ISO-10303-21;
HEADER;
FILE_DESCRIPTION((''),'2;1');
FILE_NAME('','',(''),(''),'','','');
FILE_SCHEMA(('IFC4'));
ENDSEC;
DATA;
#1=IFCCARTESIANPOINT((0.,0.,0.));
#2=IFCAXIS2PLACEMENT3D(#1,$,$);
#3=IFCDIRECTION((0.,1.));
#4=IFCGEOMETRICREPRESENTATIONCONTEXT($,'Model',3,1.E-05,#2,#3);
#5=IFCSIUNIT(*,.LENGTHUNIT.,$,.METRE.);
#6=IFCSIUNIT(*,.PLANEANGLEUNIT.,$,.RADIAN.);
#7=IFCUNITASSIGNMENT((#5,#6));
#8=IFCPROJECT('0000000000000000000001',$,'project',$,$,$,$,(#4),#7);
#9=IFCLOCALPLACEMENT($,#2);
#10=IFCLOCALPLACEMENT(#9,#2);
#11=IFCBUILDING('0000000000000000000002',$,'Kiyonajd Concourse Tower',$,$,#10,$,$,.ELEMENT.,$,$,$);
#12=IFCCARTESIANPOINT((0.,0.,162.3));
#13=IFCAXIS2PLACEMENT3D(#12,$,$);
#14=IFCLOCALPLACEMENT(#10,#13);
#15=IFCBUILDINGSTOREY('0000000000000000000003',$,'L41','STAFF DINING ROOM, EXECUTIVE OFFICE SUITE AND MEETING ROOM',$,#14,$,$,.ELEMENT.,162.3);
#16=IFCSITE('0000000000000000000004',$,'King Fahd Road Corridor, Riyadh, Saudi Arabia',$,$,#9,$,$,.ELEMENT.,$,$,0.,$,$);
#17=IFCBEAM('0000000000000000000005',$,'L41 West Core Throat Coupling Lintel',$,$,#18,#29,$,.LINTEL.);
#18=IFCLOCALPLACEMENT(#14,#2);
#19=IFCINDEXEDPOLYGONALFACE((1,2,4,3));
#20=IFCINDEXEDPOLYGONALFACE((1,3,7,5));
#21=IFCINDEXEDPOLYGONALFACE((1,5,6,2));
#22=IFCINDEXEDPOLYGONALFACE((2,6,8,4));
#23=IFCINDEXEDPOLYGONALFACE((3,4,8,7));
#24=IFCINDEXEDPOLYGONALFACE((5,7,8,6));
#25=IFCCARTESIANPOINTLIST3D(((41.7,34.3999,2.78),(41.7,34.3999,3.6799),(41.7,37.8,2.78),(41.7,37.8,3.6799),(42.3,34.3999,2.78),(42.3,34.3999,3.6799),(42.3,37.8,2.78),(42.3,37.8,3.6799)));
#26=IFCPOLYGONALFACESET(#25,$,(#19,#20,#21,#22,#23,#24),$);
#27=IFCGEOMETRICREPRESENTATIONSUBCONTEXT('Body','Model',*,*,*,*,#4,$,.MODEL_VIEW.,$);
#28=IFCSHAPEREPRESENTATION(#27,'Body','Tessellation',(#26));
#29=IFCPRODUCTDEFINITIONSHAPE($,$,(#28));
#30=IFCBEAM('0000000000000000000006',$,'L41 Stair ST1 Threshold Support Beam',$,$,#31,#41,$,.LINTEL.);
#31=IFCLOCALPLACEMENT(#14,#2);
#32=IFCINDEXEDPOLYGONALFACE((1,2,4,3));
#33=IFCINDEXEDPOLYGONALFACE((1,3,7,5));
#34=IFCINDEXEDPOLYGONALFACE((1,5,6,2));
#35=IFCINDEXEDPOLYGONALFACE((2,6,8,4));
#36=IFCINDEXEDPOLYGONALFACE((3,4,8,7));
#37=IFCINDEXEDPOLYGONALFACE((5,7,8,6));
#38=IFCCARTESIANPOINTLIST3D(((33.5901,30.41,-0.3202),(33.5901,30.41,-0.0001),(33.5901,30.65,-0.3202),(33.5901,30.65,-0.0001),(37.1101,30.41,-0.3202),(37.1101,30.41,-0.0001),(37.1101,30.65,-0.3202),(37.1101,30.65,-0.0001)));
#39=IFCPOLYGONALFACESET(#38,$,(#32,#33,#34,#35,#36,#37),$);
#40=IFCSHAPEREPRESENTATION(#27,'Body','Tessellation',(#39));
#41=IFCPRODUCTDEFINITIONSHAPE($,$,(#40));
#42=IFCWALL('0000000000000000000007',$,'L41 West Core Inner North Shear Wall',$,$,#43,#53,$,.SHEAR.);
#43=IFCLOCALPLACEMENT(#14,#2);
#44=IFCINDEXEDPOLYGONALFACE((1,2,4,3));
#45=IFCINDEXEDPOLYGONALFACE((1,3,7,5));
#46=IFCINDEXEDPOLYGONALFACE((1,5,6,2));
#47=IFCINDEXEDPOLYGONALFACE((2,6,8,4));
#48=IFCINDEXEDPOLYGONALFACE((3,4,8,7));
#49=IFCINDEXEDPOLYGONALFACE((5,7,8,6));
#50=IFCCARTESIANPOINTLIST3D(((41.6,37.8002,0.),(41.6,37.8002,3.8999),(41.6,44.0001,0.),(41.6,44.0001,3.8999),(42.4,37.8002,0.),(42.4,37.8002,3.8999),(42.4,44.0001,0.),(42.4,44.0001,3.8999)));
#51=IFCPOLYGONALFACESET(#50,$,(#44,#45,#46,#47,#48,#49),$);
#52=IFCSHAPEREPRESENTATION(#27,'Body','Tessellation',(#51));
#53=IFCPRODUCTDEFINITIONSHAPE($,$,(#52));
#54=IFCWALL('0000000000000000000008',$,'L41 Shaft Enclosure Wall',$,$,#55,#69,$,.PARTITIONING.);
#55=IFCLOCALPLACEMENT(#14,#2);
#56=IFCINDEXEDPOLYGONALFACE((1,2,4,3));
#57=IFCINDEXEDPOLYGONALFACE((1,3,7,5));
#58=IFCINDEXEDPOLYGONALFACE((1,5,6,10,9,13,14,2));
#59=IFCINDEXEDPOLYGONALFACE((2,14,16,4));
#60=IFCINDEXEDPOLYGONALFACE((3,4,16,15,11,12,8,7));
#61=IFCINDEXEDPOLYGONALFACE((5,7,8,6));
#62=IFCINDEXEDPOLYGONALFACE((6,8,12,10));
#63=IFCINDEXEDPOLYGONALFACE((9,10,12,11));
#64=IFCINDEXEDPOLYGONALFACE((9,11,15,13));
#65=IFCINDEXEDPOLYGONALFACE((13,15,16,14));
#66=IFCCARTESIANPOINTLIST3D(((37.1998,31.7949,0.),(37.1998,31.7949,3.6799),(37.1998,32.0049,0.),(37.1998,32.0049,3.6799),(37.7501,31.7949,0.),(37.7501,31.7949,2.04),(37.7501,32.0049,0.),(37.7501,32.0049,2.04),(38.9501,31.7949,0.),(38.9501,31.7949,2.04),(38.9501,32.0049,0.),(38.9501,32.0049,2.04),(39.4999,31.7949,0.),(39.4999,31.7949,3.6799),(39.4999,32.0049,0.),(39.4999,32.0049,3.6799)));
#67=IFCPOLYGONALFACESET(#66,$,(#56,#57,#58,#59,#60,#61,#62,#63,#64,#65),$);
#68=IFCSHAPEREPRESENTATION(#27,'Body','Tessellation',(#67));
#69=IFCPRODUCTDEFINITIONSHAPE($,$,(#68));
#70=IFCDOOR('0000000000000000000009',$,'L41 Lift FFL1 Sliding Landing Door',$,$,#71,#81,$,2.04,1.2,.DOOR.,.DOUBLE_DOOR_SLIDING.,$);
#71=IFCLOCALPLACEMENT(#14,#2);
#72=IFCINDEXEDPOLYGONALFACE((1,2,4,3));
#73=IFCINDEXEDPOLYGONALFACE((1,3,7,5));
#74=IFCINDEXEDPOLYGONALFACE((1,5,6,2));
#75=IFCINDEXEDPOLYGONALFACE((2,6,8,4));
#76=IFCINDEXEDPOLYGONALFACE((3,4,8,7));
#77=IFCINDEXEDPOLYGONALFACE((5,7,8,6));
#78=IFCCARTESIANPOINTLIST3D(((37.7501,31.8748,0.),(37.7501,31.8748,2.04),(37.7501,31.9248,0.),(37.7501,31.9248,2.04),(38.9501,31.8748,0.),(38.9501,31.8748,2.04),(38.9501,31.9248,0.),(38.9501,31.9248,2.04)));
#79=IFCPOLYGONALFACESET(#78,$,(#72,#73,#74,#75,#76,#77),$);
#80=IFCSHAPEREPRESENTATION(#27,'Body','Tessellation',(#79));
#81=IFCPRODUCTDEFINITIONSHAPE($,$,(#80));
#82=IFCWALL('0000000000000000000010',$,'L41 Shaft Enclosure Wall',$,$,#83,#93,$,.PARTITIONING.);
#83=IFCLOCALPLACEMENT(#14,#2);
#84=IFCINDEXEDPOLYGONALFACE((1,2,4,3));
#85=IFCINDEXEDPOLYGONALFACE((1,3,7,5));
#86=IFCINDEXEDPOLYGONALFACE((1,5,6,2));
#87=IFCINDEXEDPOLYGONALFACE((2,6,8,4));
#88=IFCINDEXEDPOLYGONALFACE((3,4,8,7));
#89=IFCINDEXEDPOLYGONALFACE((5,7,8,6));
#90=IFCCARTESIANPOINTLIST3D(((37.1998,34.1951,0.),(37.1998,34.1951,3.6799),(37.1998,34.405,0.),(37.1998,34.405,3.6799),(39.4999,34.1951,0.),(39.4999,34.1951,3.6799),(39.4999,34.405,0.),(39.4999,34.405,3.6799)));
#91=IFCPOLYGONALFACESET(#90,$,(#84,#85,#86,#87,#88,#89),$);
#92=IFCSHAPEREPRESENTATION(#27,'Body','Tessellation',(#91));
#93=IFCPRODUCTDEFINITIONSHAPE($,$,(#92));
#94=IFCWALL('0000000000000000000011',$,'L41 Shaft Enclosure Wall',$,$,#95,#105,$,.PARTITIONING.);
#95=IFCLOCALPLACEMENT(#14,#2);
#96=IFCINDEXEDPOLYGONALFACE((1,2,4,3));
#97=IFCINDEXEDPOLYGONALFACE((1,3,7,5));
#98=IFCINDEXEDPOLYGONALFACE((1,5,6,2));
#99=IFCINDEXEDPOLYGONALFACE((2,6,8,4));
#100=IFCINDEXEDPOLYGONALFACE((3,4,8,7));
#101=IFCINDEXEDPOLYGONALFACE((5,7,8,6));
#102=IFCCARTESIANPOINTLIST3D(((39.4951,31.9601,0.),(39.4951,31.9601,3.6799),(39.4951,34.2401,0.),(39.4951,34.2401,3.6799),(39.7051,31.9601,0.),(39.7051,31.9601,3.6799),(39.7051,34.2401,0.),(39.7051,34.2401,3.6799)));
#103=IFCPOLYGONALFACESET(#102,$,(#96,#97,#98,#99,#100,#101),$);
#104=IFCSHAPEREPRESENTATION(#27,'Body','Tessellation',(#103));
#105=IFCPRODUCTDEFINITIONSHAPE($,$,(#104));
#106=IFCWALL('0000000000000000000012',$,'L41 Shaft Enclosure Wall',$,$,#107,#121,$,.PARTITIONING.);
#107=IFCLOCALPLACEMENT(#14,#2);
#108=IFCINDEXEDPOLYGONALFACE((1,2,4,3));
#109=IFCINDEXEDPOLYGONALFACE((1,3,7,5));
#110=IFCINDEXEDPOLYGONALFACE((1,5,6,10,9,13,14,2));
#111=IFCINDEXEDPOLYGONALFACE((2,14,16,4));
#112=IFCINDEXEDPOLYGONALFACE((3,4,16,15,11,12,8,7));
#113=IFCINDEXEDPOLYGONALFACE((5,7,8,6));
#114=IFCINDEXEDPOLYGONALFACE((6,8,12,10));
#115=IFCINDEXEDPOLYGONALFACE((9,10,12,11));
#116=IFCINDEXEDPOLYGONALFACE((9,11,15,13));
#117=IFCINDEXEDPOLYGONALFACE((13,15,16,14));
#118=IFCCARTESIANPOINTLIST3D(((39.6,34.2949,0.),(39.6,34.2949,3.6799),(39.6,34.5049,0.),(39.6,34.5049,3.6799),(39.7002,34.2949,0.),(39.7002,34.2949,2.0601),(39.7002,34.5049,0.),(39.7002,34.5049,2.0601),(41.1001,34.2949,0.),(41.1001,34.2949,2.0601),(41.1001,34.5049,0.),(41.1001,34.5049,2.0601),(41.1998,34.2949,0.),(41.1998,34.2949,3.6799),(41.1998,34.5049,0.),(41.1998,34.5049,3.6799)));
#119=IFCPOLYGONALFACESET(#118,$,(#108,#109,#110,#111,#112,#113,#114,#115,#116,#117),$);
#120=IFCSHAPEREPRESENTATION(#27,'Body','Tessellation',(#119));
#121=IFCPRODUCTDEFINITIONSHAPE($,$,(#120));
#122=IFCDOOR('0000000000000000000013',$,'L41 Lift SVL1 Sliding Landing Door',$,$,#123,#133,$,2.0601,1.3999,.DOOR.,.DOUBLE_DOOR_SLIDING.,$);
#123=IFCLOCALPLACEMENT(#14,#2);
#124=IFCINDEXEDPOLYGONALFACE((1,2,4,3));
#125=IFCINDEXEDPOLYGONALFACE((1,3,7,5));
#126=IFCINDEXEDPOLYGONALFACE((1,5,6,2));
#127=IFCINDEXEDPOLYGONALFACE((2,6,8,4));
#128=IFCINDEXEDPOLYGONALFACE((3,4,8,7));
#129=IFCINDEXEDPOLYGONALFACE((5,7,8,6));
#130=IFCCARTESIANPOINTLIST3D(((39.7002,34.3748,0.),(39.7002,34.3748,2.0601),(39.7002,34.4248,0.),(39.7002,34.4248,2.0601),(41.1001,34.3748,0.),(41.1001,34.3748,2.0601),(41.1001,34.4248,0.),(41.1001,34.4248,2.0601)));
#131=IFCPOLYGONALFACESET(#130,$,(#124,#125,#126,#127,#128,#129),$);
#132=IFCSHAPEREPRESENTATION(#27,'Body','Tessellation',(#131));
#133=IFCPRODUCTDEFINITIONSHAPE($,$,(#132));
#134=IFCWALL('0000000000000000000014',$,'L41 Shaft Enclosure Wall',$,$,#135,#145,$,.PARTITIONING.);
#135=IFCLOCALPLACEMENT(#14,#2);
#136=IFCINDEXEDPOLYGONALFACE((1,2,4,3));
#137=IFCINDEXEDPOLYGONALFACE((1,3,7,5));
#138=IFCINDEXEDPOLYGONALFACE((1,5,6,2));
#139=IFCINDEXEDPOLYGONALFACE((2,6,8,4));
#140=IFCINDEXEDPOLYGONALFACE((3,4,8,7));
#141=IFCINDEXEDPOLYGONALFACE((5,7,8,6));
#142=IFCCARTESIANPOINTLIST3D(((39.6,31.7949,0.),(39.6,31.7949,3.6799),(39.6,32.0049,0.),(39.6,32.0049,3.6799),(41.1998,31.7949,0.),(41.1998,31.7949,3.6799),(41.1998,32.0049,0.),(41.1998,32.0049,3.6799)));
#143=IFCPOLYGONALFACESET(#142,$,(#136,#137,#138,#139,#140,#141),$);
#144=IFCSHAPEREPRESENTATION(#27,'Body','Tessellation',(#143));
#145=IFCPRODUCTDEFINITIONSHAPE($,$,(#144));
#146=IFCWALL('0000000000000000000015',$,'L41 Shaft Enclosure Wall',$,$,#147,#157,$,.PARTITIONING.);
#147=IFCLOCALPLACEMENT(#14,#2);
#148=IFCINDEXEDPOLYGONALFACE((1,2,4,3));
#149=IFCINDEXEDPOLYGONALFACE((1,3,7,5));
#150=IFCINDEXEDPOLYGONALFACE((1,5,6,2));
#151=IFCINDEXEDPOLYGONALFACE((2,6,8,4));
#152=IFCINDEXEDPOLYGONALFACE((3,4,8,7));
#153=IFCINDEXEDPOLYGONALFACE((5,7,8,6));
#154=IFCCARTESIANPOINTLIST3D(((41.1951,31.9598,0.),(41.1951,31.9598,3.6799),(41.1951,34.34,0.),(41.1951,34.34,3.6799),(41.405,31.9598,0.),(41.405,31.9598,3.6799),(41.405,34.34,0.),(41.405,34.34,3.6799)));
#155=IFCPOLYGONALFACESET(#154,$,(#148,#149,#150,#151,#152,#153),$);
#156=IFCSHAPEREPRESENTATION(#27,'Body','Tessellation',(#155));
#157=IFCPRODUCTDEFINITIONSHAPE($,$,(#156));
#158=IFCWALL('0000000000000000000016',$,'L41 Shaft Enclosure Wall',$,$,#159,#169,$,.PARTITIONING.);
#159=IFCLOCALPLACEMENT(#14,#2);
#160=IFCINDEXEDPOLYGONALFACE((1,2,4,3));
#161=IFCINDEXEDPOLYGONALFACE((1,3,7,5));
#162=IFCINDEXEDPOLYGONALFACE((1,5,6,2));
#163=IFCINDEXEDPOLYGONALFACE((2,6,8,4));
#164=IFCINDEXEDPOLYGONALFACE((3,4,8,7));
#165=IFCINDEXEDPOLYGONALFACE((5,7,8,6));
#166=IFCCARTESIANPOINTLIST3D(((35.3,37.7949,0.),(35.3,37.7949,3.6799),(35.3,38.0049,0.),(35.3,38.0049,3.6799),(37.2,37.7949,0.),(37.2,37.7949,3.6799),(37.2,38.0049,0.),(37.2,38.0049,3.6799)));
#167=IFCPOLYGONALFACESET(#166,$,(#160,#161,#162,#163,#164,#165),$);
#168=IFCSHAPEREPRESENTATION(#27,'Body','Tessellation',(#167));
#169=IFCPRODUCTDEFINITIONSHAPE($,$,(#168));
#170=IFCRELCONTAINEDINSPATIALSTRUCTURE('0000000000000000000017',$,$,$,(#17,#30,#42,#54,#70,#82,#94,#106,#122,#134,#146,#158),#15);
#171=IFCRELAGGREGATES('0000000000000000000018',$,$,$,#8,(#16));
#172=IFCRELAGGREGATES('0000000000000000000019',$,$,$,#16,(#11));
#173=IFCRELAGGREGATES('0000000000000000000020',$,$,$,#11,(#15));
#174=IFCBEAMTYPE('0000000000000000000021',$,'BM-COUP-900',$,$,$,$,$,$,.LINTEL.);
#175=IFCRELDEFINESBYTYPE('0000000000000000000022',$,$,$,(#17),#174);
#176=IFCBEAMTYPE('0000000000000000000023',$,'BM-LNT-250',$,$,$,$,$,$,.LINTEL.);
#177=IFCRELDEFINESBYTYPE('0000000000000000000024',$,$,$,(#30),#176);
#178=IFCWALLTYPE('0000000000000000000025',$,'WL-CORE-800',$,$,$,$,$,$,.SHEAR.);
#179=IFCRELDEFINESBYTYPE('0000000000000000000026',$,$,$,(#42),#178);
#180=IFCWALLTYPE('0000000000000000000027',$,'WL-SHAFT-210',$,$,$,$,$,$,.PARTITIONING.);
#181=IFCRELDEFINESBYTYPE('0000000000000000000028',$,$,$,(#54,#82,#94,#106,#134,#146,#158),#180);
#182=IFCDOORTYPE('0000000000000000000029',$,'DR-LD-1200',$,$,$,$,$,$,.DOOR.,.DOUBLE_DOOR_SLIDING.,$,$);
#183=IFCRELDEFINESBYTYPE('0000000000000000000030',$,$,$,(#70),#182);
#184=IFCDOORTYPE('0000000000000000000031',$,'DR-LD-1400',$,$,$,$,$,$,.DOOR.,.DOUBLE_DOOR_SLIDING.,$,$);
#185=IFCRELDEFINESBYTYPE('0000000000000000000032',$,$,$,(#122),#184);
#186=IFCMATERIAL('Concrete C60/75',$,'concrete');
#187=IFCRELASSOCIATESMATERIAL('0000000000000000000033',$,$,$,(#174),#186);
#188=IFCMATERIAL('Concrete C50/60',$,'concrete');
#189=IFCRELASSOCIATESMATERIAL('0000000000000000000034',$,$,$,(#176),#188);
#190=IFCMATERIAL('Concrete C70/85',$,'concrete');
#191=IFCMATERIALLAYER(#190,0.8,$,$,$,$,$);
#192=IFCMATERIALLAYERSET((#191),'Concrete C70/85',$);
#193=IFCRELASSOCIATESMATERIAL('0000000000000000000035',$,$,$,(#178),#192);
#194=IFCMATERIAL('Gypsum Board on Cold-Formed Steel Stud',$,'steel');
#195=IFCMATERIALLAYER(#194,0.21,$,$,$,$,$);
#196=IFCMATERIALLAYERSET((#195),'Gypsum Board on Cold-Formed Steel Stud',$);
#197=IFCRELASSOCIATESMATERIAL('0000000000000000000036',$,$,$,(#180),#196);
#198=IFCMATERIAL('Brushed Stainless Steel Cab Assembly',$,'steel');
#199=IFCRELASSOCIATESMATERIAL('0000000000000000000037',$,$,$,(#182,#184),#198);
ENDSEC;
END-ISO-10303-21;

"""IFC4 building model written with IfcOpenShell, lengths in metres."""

from ifc_helpers import new_model, si_unit, direction, frame, frame_2d, origin, origin_2d, place, context, subcontext, project, spatial, rectangle, extrude, material, layer, layer_set, material_profile, profile_set, type_object, element, fill, save


model = new_model("IFC4")

# Units and contexts
model_context = context("Model", 3, precision=1e-05, world=origin(), true_north=direction((0.0, 1.0)))
body_context = subcontext(model_context, "Body", "Model", "MODEL_VIEW")
ifc_project = project(units=[si_unit("LENGTHUNIT", "METRE"), si_unit("PLANEANGLEUNIT", "RADIAN")], contexts=[model_context])

# Site, building, storey
site_placement = place(None, origin())
site = spatial("IfcSite", under=ifc_project, at=site_placement, Name="King Fahd Road Corridor, Riyadh, Saudi Arabia", CompositionType="ELEMENT", RefElevation=0.0)
building_placement = place(site_placement, origin())
building = spatial("IfcBuilding", under=site, at=building_placement, Name="Kiyonajd Concourse Tower", CompositionType="ELEMENT")
storey_placement = place(building_placement, frame((0.0, 0.0, 162.3)))
storey = spatial("IfcBuildingStorey", under=building, at=storey_placement, Name="L41", Description="STAFF DINING ROOM, EXECUTIVE OFFICE SUITE AND MEETING ROOM", CompositionType="ELEMENT", Elevation=162.3)

# Beams
ifc_material_1 = material(Name="Concrete C60/75", Category="concrete")
ifc_material_profile_1 = material_profile(ifc_material_1, rectangle(XDim=0.6001, YDim=0.8999, at=origin_2d()), Name="RCBM-600x900")
ifc_profile_set_1 = profile_set([ifc_material_profile_1], Name="Concrete C60/75")
beam_type_1 = type_object("IfcBeamType", Name="BM-COUP-900", PredefinedType="LINTEL", material=ifc_profile_set_1)
beam_1_placement = place(storey_placement, frame((42.0, 34.3999, 3.23), z_axis=(0.0, 1.0, 0.0), x_axis=(-1.0, 0.0, 0.0)))
element("IfcBeam", 1, at=beam_1_placement, inside=storey, type_object=beam_type_1, Name="L41 West Core Throat Coupling Lintel", PredefinedType="LINTEL", context=body_context, shape_type="SweptSolid", body=[
    extrude(rectangle(XDim=0.6001, YDim=0.8999, at=origin_2d()), origin(), (0.0, 0.0, 1.0), 3.4001),
])
ifc_material_2 = material(Name="Concrete C50/60", Category="concrete")
ifc_material_profile_2 = material_profile(ifc_material_2, rectangle(XDim=0.24, YDim=0.3201, at=origin_2d()), Name="RCBM-240x320")
ifc_profile_set_2 = profile_set([ifc_material_profile_2], Name="Concrete C50/60")
beam_type_2 = type_object("IfcBeamType", Name="BM-LNT-250", PredefinedType="LINTEL", material=ifc_profile_set_2)
beam_2_placement = place(storey_placement, frame((33.5901, 30.53, -0.1602), z_axis=(1.0, 0.0, 0.0), x_axis=(0.0, 1.0, 0.0)))
element("IfcBeam", 2, at=beam_2_placement, inside=storey, type_object=beam_type_2, Name="L41 Stair ST1 Threshold Support Beam", PredefinedType="LINTEL", context=body_context, shape_type="SweptSolid", body=[
    extrude(rectangle(XDim=0.24, YDim=0.3201, at=origin_2d()), origin(), (0.0, 0.0, 1.0), 3.52),
])

# Wall
ifc_material_3 = material(Name="Concrete C70/85", Category="concrete")
ifc_layer_1 = layer(ifc_material_3, 0.8)
ifc_layer_set_1 = layer_set([ifc_layer_1], Name="Concrete C70/85")
wall_type_1 = type_object("IfcWallType", Name="WL-CORE-800", PredefinedType="SHEAR", material=ifc_layer_set_1)
wall_1_placement = place(storey_placement, frame((42.0, 37.8, 0.0), z_axis=(0.0, 0.0, 1.0), x_axis=(0.0, 1.0, 0.0)))
element("IfcWall", 3, at=wall_1_placement, inside=storey, type_object=wall_type_1, Name="L41 West Core Inner North Shear Wall", PredefinedType="SHEAR", context=body_context, shape_type="SweptSolid", body=[
    extrude(rectangle(XDim=6.2, YDim=0.8, at=frame_2d((3.1001, 0.0))), origin(), (0.0, 0.0, 1.0), 3.8999),
])

# Wall, opening, door
ifc_material_4 = material(Name="Gypsum Board on Cold-Formed Steel Stud", Category="steel")
ifc_layer_2 = layer(ifc_material_4, 0.21)
ifc_layer_set_2 = layer_set([ifc_layer_2], Name="Gypsum Board on Cold-Formed Steel Stud")
wall_type_2 = type_object("IfcWallType", Name="WL-SHAFT-210", PredefinedType="PARTITIONING", material=ifc_layer_set_2)
wall_2_placement = place(storey_placement, frame((37.2, 31.8999, 0.0), z_axis=(0.0, 0.0, 1.0), x_axis=(1.0, 0.0, 0.0)))
wall_2 = element("IfcWall", 4, at=wall_2_placement, inside=storey, type_object=wall_type_2, Name="L41 Shaft Enclosure Wall", PredefinedType="PARTITIONING", context=body_context, shape_type="SweptSolid", body=[
    extrude(rectangle(XDim=2.3, YDim=0.21, at=frame_2d((1.1499, 0.0))), origin(), (0.0, 0.0, 1.0), 3.6799),
])
opening_1_placement = place(wall_2_placement, frame((0.55, 0.0, 0.0)))
opening_1 = element("IfcOpeningElement", 5, at=opening_1_placement, cuts=wall_2, PredefinedType="OPENING", context=body_context, shape_type="SweptSolid", body=[
    extrude(rectangle(XDim=1.2, YDim=2.04, at=frame_2d((0.6001, 1.02))), frame((0.0, 0.115, 0.0), z_axis=(0.0, -1.0, 0.0), x_axis=(1.0, 0.0, 0.0)), (0.0, 0.0, 1.0), 0.23),
])
ifc_material_5 = material(Name="Brushed Stainless Steel Cab Assembly", Category="steel")
door_type_1 = type_object("IfcDoorType", Name="DR-LD-1200", OperationType="DOUBLE_DOOR_SLIDING", PredefinedType="DOOR", material=ifc_material_5)
door_1_placement = place(opening_1_placement, origin())
door_1 = element("IfcDoor", 6, at=door_1_placement, inside=storey, type_object=door_type_1, Name="L41 Lift FFL1 Sliding Landing Door", OperationType="DOUBLE_DOOR_SLIDING", OverallHeight=2.04, OverallWidth=1.2, PredefinedType="DOOR", context=body_context, shape_type="SweptSolid", body=[
    extrude(rectangle(XDim=1.2, YDim=2.04, at=frame_2d((0.6001, 1.02))), frame((0.0, 0.0249, 0.0), z_axis=(0.0, -1.0, 0.0), x_axis=(1.0, 0.0, 0.0)), (0.0, 0.0, 1.0), 0.05),
])
fill(opening_1, door_1)

# Walls
wall_3_placement = place(storey_placement, frame((37.2, 34.3, 0.0), z_axis=(0.0, 0.0, 1.0), x_axis=(1.0, 0.0, 0.0)))
element("IfcWall", 7, at=wall_3_placement, inside=storey, type_object=wall_type_2, Name="L41 Shaft Enclosure Wall", PredefinedType="PARTITIONING", context=body_context, shape_type="SweptSolid", body=[
    extrude(rectangle(XDim=2.3, YDim=0.21, at=frame_2d((1.1499, 0.0))), origin(), (0.0, 0.0, 1.0), 3.6799),
])
wall_4_placement = place(storey_placement, frame((39.6001, 31.96, 0.0), z_axis=(0.0, 0.0, 1.0), x_axis=(0.0, 1.0, 0.0)))
element("IfcWall", 8, at=wall_4_placement, inside=storey, type_object=wall_type_2, Name="L41 Shaft Enclosure Wall", PredefinedType="PARTITIONING", context=body_context, shape_type="SweptSolid", body=[
    extrude(rectangle(XDim=2.28, YDim=0.21, at=frame_2d((1.1401, 0.0))), origin(), (0.0, 0.0, 1.0), 3.6799),
])

# Wall, opening, door
wall_5_placement = place(storey_placement, frame((39.6001, 34.3999, 0.0), z_axis=(0.0, 0.0, 1.0), x_axis=(1.0, 0.0, 0.0)))
wall_5 = element("IfcWall", 9, at=wall_5_placement, inside=storey, type_object=wall_type_2, Name="L41 Shaft Enclosure Wall", PredefinedType="PARTITIONING", context=body_context, shape_type="SweptSolid", body=[
    extrude(rectangle(XDim=1.5999, YDim=0.21, at=frame_2d((0.7998, 0.0))), origin(), (0.0, 0.0, 1.0), 3.6799),
])
opening_2_placement = place(wall_5_placement, frame((0.1001, 0.0, 0.0)))
opening_2 = element("IfcOpeningElement", 10, at=opening_2_placement, cuts=wall_5, PredefinedType="OPENING", context=body_context, shape_type="SweptSolid", body=[
    extrude(rectangle(XDim=1.3999, YDim=2.0601, at=frame_2d((0.7, 1.03))), frame((0.0, 0.115, 0.0), z_axis=(0.0, -1.0, 0.0), x_axis=(1.0, 0.0, 0.0)), (0.0, 0.0, 1.0), 0.23),
])
door_type_2 = type_object("IfcDoorType", Name="DR-LD-1400", OperationType="DOUBLE_DOOR_SLIDING", PredefinedType="DOOR", material=ifc_material_5)
door_2_placement = place(opening_2_placement, origin())
door_2 = element("IfcDoor", 11, at=door_2_placement, inside=storey, type_object=door_type_2, Name="L41 Lift SVL1 Sliding Landing Door", OperationType="DOUBLE_DOOR_SLIDING", OverallHeight=2.0601, OverallWidth=1.3999, PredefinedType="DOOR", context=body_context, shape_type="SweptSolid", body=[
    extrude(rectangle(XDim=1.3999, YDim=2.0601, at=frame_2d((0.7, 1.03))), frame((0.0, 0.0249, 0.0), z_axis=(0.0, -1.0, 0.0), x_axis=(1.0, 0.0, 0.0)), (0.0, 0.0, 1.0), 0.05),
])
fill(opening_2, door_2)

# Walls
wall_6_placement = place(storey_placement, frame((39.6001, 31.8999, 0.0), z_axis=(0.0, 0.0, 1.0), x_axis=(1.0, 0.0, 0.0)))
element("IfcWall", 12, at=wall_6_placement, inside=storey, type_object=wall_type_2, Name="L41 Shaft Enclosure Wall", PredefinedType="PARTITIONING", context=body_context, shape_type="SweptSolid", body=[
    extrude(rectangle(XDim=1.5999, YDim=0.21, at=frame_2d((0.7998, 0.0))), origin(), (0.0, 0.0, 1.0), 3.6799),
])
wall_7_placement = place(storey_placement, frame((41.3, 31.96, 0.0), z_axis=(0.0, 0.0, 1.0), x_axis=(0.0, 1.0, 0.0)))
element("IfcWall", 13, at=wall_7_placement, inside=storey, type_object=wall_type_2, Name="L41 Shaft Enclosure Wall", PredefinedType="PARTITIONING", context=body_context, shape_type="SweptSolid", body=[
    extrude(rectangle(XDim=2.3801, YDim=0.21, at=frame_2d((1.1899, 0.0))), origin(), (0.0, 0.0, 1.0), 3.6799),
])
wall_8_placement = place(storey_placement, frame((35.3, 37.8999, 0.0), z_axis=(0.0, 0.0, 1.0), x_axis=(1.0, 0.0, 0.0)))
element("IfcWall", 14, at=wall_8_placement, inside=storey, type_object=wall_type_2, Name="L41 Shaft Enclosure Wall", PredefinedType="PARTITIONING", context=body_context, shape_type="SweptSolid", body=[
    extrude(rectangle(XDim=1.8999, YDim=0.21, at=frame_2d((0.95, 0.0))), origin(), (0.0, 0.0, 1.0), 3.6799),
])

save(model, "model.ifc")
